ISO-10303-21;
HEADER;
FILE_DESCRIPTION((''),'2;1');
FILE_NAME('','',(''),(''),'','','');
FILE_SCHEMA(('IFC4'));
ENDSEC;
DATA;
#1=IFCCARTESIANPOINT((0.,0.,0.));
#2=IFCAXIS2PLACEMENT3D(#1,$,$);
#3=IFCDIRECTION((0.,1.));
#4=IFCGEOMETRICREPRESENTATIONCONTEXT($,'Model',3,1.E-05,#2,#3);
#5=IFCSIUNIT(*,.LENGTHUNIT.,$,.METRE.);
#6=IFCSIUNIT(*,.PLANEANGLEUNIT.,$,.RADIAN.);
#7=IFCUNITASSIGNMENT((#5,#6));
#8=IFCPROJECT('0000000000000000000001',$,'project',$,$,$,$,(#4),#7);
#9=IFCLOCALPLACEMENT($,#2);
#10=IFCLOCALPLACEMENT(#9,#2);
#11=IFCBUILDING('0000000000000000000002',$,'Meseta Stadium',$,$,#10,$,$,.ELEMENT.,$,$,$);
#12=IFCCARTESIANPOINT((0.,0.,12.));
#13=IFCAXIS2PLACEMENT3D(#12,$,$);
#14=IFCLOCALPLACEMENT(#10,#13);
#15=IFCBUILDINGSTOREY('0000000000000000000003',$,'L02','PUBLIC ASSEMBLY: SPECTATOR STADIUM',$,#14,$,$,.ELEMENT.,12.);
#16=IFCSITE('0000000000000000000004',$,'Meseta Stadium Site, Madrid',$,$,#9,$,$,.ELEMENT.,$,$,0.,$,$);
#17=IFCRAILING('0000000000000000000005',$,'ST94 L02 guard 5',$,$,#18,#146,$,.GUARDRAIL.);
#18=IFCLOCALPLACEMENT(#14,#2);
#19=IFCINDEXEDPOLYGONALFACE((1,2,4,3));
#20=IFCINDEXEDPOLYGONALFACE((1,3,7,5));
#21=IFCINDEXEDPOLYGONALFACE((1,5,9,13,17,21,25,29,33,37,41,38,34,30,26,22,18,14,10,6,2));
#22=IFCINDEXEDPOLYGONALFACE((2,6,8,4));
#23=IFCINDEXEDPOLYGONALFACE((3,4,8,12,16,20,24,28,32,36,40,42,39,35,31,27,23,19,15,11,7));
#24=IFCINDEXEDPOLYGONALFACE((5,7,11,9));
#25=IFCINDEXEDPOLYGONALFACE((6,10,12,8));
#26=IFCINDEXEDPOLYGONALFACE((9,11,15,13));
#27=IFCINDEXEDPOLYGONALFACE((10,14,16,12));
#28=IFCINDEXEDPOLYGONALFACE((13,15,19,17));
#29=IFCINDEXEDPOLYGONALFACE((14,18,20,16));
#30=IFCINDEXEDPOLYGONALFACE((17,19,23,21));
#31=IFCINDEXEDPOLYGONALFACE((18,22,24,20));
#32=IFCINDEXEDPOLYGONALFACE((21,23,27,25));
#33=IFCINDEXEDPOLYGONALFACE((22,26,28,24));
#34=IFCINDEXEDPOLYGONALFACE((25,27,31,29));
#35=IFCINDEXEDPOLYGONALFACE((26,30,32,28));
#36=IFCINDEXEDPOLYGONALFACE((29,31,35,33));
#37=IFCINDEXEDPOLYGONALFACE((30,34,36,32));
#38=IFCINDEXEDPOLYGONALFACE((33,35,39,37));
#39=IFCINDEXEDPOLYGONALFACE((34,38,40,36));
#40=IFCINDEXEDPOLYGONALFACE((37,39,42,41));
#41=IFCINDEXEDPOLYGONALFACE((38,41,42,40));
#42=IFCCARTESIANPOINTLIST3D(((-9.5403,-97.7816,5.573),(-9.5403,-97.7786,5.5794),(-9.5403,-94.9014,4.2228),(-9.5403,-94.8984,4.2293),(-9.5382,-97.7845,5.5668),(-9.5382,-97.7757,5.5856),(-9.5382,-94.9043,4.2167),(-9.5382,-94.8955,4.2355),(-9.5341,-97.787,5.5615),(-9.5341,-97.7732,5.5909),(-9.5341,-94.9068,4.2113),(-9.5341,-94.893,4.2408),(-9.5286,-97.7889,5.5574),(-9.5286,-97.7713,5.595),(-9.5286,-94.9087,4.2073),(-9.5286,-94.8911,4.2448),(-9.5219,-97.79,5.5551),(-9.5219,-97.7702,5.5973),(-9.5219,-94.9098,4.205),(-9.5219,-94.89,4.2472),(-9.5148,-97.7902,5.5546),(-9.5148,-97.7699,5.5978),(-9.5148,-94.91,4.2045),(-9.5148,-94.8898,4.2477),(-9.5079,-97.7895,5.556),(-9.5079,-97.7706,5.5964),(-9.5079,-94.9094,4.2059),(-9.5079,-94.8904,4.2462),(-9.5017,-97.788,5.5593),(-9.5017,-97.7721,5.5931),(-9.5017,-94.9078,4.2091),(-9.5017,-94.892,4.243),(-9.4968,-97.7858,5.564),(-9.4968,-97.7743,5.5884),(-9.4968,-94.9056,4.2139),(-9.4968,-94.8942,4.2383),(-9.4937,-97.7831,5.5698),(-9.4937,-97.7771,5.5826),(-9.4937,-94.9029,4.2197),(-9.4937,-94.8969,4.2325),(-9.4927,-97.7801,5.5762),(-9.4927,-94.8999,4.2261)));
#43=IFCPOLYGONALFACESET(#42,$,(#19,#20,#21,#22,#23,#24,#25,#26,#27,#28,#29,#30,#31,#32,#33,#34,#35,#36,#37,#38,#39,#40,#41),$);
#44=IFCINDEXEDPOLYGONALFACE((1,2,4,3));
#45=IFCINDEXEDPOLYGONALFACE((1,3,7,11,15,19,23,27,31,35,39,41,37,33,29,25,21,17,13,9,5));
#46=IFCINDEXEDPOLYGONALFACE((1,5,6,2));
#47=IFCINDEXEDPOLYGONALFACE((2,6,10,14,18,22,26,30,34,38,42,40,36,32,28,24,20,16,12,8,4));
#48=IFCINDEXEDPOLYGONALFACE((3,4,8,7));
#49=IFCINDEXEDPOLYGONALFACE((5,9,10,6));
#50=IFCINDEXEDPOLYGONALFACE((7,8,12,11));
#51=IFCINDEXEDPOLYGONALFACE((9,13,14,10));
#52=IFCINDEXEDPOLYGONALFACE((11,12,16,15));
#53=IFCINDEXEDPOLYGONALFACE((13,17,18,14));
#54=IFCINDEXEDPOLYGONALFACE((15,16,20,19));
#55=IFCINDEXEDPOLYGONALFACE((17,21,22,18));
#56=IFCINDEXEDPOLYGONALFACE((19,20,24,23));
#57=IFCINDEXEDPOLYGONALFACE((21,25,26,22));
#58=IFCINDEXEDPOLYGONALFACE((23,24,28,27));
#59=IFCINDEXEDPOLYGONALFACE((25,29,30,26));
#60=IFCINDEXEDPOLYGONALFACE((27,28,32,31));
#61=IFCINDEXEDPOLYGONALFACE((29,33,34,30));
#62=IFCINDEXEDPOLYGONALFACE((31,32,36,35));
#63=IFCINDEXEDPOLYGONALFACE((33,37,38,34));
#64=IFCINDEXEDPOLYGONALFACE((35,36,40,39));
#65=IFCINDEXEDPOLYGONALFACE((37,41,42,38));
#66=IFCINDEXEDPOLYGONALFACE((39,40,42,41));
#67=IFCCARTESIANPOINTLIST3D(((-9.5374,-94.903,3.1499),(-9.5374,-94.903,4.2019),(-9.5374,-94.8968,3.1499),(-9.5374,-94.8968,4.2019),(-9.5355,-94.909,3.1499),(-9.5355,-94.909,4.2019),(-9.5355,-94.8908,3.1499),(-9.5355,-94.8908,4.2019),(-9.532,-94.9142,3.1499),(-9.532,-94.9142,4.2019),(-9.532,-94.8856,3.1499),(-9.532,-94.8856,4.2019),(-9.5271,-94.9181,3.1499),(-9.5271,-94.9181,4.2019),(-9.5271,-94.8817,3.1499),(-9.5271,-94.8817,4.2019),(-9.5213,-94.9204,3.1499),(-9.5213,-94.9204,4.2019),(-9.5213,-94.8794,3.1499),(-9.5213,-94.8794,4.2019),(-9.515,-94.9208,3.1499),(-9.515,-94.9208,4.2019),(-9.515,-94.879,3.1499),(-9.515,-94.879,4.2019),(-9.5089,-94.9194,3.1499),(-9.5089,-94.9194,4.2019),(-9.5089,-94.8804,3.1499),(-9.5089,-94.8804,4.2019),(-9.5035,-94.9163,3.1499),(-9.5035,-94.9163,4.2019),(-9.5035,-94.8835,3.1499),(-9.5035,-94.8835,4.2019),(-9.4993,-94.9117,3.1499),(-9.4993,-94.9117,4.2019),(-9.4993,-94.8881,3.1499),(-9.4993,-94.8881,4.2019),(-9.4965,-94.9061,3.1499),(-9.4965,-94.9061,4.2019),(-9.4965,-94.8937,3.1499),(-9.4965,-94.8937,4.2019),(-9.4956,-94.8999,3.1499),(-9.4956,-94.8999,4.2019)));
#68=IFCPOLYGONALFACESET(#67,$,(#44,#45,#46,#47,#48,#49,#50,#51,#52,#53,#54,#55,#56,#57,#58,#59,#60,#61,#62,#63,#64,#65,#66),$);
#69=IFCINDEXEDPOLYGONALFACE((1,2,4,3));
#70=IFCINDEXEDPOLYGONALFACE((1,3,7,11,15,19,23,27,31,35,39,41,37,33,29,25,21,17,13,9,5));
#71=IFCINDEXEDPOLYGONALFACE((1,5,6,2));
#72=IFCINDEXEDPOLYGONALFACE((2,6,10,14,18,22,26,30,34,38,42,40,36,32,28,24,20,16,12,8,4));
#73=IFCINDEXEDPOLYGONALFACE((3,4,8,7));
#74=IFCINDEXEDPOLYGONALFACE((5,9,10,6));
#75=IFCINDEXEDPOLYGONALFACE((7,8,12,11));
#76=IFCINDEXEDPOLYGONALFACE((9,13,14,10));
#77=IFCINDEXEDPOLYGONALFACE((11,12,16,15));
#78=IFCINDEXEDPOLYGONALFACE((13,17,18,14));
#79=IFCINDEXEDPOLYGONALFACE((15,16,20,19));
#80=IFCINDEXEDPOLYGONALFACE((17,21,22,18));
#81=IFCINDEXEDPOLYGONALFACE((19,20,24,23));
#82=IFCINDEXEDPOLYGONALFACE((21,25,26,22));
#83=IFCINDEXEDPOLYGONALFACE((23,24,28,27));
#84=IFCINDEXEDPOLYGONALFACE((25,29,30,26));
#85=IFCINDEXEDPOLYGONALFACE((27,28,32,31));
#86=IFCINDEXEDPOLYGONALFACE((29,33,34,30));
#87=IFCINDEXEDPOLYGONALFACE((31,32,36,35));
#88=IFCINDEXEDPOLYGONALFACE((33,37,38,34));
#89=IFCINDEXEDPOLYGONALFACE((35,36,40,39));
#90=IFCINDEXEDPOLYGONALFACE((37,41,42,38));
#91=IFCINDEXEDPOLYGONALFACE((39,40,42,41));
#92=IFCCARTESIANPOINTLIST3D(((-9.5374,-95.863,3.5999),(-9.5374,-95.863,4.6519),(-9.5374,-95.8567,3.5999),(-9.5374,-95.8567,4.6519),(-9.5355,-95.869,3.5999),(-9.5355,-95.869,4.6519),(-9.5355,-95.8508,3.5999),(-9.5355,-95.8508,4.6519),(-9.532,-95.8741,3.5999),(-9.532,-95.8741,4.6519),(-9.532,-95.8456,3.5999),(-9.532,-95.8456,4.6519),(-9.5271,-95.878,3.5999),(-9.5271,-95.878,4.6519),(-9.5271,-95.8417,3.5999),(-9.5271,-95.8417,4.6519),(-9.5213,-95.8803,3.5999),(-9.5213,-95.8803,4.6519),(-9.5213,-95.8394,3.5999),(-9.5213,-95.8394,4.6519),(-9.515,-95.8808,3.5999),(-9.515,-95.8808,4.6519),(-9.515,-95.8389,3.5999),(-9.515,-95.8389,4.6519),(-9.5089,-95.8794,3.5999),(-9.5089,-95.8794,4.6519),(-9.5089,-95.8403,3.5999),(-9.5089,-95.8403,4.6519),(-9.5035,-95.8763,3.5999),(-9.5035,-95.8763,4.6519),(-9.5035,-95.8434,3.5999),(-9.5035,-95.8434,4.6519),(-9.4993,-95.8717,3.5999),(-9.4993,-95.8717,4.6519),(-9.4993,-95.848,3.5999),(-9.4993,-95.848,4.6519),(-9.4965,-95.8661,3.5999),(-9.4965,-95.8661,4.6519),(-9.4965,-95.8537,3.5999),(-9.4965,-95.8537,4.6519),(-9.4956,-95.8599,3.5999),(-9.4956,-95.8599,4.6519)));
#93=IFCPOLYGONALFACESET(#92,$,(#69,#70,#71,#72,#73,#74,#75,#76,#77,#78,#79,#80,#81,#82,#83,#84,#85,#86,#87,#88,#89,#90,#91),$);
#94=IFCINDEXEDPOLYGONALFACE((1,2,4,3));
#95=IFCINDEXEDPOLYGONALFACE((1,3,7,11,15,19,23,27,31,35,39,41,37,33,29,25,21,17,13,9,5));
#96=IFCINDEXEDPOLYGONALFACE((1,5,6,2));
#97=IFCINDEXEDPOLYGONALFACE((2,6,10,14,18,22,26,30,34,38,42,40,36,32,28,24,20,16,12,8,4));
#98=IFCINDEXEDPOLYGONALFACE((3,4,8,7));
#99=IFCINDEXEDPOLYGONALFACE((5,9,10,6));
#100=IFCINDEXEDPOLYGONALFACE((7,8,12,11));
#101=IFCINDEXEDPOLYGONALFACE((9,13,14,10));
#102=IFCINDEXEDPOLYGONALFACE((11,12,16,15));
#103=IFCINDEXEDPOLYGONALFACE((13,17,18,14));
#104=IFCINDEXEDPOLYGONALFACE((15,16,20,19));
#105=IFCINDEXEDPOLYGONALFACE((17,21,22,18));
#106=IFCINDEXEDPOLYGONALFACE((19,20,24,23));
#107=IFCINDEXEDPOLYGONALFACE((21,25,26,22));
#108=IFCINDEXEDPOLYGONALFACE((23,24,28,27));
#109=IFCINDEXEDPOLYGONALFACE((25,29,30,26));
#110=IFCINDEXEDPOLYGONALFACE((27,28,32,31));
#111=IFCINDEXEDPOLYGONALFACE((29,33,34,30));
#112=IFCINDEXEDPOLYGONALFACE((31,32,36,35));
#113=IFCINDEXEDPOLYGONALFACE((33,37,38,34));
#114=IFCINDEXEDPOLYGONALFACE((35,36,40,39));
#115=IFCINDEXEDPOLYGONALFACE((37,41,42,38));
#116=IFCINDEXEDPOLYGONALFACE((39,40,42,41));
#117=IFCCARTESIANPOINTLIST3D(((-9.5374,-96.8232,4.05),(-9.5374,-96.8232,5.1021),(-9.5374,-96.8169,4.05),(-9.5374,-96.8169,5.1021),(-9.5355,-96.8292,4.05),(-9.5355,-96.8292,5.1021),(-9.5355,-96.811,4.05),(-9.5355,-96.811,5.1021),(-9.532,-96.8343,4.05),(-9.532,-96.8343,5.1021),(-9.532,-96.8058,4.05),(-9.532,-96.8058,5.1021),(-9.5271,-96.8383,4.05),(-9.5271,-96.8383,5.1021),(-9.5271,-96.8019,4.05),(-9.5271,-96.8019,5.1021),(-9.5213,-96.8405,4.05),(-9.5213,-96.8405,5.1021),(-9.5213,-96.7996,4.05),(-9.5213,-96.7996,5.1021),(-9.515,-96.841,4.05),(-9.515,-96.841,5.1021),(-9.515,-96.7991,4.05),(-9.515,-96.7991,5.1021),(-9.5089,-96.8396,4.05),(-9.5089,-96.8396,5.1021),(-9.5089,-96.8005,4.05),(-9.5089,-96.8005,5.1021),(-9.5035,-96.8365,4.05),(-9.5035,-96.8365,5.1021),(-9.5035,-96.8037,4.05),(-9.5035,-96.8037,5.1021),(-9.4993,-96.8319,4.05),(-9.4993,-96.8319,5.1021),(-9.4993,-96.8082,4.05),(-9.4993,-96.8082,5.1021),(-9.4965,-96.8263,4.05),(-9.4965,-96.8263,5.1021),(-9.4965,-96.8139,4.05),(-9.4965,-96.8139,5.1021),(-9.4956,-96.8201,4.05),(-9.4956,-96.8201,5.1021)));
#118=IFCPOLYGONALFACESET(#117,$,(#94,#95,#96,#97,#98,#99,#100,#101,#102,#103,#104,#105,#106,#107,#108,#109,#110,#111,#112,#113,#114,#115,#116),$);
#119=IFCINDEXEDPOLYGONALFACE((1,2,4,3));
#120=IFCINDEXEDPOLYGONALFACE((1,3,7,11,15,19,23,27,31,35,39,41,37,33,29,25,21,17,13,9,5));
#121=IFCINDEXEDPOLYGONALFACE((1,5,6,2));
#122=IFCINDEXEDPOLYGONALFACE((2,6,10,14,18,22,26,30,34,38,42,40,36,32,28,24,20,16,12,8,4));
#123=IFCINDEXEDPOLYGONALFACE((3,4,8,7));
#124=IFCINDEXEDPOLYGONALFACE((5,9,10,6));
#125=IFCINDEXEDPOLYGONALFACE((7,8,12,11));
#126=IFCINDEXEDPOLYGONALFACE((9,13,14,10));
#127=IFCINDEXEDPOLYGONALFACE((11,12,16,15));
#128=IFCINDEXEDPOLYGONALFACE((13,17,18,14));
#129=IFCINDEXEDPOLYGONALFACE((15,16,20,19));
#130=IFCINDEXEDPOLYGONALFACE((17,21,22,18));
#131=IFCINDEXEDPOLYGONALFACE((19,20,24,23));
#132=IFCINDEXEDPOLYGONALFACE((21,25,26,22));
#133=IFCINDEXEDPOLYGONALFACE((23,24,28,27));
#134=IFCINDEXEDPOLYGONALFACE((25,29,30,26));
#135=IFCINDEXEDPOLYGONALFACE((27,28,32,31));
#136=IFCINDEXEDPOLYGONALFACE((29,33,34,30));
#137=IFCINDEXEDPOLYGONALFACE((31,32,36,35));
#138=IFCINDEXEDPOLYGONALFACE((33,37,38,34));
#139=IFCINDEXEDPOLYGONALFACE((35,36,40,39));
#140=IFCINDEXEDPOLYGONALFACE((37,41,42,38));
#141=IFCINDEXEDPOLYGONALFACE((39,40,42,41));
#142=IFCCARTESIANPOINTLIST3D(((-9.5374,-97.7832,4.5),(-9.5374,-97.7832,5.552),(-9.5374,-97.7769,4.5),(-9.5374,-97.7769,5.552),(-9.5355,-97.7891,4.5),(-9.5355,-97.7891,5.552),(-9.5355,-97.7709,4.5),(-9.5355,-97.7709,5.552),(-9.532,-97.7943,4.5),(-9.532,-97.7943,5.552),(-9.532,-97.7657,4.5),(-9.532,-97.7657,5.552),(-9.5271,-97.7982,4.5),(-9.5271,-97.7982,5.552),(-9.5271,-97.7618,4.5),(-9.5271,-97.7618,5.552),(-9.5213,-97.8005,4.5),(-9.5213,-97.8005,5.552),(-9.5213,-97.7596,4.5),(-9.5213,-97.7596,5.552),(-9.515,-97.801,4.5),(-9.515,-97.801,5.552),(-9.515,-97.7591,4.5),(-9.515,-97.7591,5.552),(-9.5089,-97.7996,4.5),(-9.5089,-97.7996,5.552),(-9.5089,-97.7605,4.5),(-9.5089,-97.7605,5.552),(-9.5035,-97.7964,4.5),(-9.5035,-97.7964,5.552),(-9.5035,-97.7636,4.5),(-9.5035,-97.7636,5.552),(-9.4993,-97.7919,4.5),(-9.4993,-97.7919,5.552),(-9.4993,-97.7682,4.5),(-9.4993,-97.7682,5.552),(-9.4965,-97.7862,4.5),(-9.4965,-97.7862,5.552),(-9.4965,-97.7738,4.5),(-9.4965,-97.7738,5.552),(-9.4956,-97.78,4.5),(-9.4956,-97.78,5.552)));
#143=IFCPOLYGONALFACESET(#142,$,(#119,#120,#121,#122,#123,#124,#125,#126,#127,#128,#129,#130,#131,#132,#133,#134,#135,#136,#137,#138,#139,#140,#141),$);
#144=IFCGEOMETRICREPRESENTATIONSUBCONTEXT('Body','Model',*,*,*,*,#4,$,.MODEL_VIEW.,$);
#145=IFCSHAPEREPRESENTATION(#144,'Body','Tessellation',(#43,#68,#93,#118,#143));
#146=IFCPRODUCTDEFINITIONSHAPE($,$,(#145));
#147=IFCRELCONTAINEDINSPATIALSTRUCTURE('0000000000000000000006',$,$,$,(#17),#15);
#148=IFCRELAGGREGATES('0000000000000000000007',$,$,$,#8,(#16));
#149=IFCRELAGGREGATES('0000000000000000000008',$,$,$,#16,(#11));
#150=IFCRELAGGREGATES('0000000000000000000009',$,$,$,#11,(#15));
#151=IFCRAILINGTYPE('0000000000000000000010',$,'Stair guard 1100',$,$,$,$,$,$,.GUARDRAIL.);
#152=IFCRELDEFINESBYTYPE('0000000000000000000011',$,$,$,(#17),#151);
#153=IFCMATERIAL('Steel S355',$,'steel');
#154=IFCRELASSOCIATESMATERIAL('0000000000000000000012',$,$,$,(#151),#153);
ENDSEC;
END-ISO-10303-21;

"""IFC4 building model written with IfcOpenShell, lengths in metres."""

from ifc_helpers import new_model, si_unit, direction, frame, origin, origin_2d, place, context, subcontext, project, spatial, circle, extrude, material, type_object, element, save


model = new_model("IFC4")

# Units and contexts
model_context = context("Model", 3, precision=1e-05, world=origin(), true_north=direction((0.0, 1.0)))
body_context = subcontext(model_context, "Body", "Model", "MODEL_VIEW")
ifc_project = project(units=[si_unit("LENGTHUNIT", "METRE"), si_unit("PLANEANGLEUNIT", "RADIAN")], contexts=[model_context])

# Site, building, storey
site_placement = place(None, origin())
site = spatial("IfcSite", under=ifc_project, at=site_placement, Name="Meseta Stadium Site, Madrid", CompositionType="ELEMENT", RefElevation=0.0)
building_placement = place(site_placement, origin())
building = spatial("IfcBuilding", under=site, at=building_placement, Name="Meseta Stadium", CompositionType="ELEMENT")
storey_placement = place(building_placement, frame((0.0, 0.0, 12.0)))
storey = spatial("IfcBuildingStorey", under=building, at=storey_placement, Name="L02", Description="PUBLIC ASSEMBLY: SPECTATOR STADIUM", CompositionType="ELEMENT", Elevation=12.0)

# Railing
ifc_material_1 = material(Name="Steel S355", Category="steel")
railing_type_1 = type_object("IfcRailingType", Name="Stair guard 1100", PredefinedType="GUARDRAIL", material=ifc_material_1)
railing_1_placement = place(storey_placement, frame((-9.5166, -94.8999, 3.1499)))
element("IfcRailing", 1, at=railing_1_placement, inside=storey, type_object=railing_type_1, Name="ST94 L02 guard 5", PredefinedType="GUARDRAIL", context=body_context, shape_type="SweptSolid", body=[
    extrude(circle(Radius=0.0239, at=origin_2d()), frame((0.0, 0.0, 1.0762), z_axis=(0.0, -0.905454, 0.424444), x_axis=(1.0, 0.0, 0.0)), (0.0, 0.0, 1.0), 3.1809),
    extrude(circle(Radius=0.021, at=origin_2d()), origin(), (0.0, 0.0, 1.0), 1.052),
    extrude(circle(Radius=0.021, at=origin_2d()), frame((0.0, -0.96, 0.45)), (0.0, 0.0, 1.0), 1.052),
    extrude(circle(Radius=0.021, at=origin_2d()), frame((0.0, -1.9202, 0.9001)), (0.0, 0.0, 1.0), 1.052),
    extrude(circle(Radius=0.021, at=origin_2d()), frame((0.0, -2.8801, 1.3501)), (0.0, 0.0, 1.0), 1.052),
])

save(model, "model.ifc")
